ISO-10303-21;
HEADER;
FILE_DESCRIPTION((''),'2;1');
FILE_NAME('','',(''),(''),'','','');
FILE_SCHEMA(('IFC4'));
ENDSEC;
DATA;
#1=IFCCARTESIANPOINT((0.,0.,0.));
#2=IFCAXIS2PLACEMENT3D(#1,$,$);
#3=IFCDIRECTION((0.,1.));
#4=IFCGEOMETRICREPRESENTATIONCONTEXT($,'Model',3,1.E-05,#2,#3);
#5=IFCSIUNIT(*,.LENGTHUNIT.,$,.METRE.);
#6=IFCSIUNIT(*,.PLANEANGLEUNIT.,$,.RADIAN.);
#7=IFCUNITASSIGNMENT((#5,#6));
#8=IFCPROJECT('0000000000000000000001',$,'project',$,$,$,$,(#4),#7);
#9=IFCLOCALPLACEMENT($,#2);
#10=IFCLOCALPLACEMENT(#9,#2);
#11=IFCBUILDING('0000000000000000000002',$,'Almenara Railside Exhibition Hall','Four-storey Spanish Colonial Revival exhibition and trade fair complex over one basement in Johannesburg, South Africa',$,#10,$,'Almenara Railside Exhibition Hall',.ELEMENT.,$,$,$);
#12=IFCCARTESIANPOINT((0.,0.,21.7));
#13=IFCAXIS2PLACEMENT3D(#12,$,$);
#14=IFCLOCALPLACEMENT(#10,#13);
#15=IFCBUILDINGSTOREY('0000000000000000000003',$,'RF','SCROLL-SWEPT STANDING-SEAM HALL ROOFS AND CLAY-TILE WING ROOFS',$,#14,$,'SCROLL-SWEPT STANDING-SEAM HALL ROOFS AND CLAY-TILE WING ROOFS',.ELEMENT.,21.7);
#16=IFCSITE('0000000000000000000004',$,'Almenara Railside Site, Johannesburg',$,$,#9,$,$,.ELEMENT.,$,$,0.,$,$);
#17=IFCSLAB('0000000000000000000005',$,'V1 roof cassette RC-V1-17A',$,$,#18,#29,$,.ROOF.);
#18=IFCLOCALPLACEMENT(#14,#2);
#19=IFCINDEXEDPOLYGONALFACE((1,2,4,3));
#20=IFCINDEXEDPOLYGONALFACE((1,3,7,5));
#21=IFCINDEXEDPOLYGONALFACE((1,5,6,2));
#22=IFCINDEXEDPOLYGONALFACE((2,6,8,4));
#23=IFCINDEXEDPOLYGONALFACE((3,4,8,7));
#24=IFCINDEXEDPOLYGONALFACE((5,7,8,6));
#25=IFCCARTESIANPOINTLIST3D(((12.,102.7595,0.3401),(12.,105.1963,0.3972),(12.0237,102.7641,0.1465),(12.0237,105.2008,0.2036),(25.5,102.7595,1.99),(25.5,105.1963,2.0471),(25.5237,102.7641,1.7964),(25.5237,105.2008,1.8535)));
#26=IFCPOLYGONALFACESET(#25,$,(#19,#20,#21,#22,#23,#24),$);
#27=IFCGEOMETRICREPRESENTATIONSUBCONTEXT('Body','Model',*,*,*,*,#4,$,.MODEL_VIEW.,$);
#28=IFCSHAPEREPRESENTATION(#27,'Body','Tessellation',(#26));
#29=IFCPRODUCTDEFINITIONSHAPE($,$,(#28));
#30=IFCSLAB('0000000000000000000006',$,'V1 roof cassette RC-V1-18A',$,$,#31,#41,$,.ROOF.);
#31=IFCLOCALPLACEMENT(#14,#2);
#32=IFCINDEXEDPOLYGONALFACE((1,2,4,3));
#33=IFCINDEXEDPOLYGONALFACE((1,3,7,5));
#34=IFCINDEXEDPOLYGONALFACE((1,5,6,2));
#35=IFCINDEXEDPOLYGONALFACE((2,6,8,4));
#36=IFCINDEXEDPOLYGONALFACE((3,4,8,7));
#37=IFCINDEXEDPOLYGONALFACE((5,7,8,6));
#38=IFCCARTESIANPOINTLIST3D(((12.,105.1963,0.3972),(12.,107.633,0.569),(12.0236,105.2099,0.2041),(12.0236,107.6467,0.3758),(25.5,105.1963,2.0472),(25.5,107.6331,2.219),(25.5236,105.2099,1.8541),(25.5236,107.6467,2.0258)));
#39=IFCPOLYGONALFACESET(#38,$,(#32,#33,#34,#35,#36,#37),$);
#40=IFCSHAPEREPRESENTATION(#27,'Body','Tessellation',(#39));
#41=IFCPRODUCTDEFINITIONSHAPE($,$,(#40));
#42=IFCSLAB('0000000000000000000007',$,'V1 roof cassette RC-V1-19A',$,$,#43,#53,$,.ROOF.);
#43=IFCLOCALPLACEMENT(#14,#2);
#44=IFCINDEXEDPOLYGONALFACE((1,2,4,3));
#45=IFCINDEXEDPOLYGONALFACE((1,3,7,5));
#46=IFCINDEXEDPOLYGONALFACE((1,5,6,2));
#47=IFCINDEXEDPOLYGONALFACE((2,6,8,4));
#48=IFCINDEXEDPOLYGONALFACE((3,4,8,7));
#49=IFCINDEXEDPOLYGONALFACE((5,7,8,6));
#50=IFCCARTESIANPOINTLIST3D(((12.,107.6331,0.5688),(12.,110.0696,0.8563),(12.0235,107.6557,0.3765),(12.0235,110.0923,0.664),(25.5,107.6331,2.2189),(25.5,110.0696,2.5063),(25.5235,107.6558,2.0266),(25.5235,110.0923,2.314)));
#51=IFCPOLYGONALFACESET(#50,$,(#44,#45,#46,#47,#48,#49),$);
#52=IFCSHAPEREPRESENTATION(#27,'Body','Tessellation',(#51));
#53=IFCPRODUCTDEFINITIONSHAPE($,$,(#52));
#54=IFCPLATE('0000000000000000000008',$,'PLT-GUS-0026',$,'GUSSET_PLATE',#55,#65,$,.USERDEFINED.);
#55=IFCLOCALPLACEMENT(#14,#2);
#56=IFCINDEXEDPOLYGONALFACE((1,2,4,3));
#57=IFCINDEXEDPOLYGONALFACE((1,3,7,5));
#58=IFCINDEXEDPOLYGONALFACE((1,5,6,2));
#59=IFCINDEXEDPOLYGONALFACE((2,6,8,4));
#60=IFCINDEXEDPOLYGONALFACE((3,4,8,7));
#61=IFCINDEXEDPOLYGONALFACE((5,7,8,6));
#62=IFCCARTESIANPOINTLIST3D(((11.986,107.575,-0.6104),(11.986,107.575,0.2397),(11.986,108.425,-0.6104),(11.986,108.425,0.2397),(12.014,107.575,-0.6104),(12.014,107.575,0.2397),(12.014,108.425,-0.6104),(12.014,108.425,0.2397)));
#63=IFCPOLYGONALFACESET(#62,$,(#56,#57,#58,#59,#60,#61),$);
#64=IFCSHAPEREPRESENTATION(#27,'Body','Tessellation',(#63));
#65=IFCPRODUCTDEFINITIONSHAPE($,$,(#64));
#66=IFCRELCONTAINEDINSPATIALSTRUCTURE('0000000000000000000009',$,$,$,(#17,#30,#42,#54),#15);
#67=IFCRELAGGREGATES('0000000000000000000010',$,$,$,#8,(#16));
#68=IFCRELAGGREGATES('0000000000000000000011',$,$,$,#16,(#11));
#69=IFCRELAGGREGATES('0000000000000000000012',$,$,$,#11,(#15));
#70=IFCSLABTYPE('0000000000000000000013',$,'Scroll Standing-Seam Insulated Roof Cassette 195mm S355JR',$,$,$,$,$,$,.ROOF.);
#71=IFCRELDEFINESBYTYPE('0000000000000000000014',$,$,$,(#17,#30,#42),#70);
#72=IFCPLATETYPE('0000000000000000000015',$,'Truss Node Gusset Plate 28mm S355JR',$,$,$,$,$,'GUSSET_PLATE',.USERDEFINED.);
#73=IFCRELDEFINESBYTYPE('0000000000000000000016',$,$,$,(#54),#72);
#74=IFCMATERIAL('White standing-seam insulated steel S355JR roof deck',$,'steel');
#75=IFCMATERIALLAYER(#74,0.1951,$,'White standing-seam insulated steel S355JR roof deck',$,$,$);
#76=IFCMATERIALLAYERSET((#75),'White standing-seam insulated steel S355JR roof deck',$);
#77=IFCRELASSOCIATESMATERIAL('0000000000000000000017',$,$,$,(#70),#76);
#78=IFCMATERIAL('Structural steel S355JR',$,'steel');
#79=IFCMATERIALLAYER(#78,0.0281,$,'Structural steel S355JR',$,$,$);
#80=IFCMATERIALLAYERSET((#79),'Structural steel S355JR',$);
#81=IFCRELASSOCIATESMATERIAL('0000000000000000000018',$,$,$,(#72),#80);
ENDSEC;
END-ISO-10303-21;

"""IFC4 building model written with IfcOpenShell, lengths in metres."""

from ifc_helpers import new_model, si_unit, direction, frame, origin, origin_2d, place, context, subcontext, project, spatial, polyline, rectangle, outline, extrude, material, layer, layer_set, type_object, element, save


model = new_model("IFC4")

# Units and contexts
model_context = context("Model", 3, precision=1e-05, world=origin(), true_north=direction((0.0, 1.0)))
body_context = subcontext(model_context, "Body", "Model", "MODEL_VIEW")
ifc_project = project(units=[si_unit("LENGTHUNIT", "METRE"), si_unit("PLANEANGLEUNIT", "RADIAN")], contexts=[model_context])

# Site, building, storey
site_placement = place(None, origin())
site = spatial("IfcSite", under=ifc_project, at=site_placement, Name="Almenara Railside Site, Johannesburg", CompositionType="ELEMENT", RefElevation=0.0)
building_placement = place(site_placement, origin())
building = spatial("IfcBuilding", under=site, at=building_placement, Name="Almenara Railside Exhibition Hall", Description="Four-storey Spanish Colonial Revival exhibition and trade fair complex over one basement in Johannesburg, South Africa", LongName="Almenara Railside Exhibition Hall", CompositionType="ELEMENT")
storey_placement = place(building_placement, frame((0.0, 0.0, 21.7)))
storey = spatial("IfcBuildingStorey", under=building, at=storey_placement, Name="RF", Description="SCROLL-SWEPT STANDING-SEAM HALL ROOFS AND CLAY-TILE WING ROOFS", LongName="SCROLL-SWEPT STANDING-SEAM HALL ROOFS AND CLAY-TILE WING ROOFS", CompositionType="ELEMENT", Elevation=21.7)

# Shared definitions
ifc_material_1 = material(Name="Structural steel S355JR", Category="steel")

# Slabs
ifc_material_2 = material(Name="White standing-seam insulated steel S355JR roof deck", Category="steel")
ifc_layer_1 = layer(ifc_material_2, 0.1951, Name="White standing-seam insulated steel S355JR roof deck")
ifc_layer_set_1 = layer_set([ifc_layer_1], Name="White standing-seam insulated steel S355JR roof deck")
slab_type = type_object("IfcSlabType", Name="Scroll Standing-Seam Insulated Roof Cassette 195mm S355JR", PredefinedType="ROOF", material=ifc_layer_set_1)
slab_1_placement = place(storey_placement, frame((12.0, 102.7595, 0.3401), z_axis=(-0.12128, -0.023265, 0.992346), x_axis=(0.992614, 0.0, 0.121312)))
element("IfcSlab", 1, at=slab_1_placement, inside=storey, type_object=slab_type, Name="V1 roof cassette RC-V1-17A", PredefinedType="ROOF", context=body_context, shape_type="SweptSolid", body=[
    extrude(outline(polyline([(0.0, 0.0), (13.6004, 0.0), (13.6074, 2.4374), (0.0069, 2.4374), (0.0, 0.0)])), origin(), (0.0, 0.0, -1.0), 0.1951),
])
slab_2_placement = place(storey_placement, frame((12.0, 105.1963, 0.3972), z_axis=(-0.121025, -0.069793, 0.990193), x_axis=(0.992613, -0.000001, 0.121321)))
element("IfcSlab", 2, at=slab_2_placement, inside=storey, type_object=slab_type, Name="V1 roof cassette RC-V1-18A", PredefinedType="ROOF", context=body_context, shape_type="SweptSolid", body=[
    extrude(outline(polyline([(0.0, 0.0), (13.6004, 0.0), (13.6213, 2.4427), (0.0208, 2.4427), (0.0, 0.0)])), origin(), (0.0, 0.0, -1.0), 0.1951),
])
slab_3_placement = place(storey_placement, frame((12.0, 107.6331, 0.5688), z_axis=(-0.120498, -0.116319, 0.985875), x_axis=(0.992613, 0.000001, 0.121321)))
element("IfcSlab", 3, at=slab_3_placement, inside=storey, type_object=slab_type, Name="V1 roof cassette RC-V1-19A", PredefinedType="ROOF", context=body_context, shape_type="SweptSolid", body=[
    extrude(outline(polyline([(0.0, 0.0), (13.6005, 0.0), (13.6353, 2.4532), (0.0349, 2.4532), (0.0, 0.0)])), origin(), (0.0, 0.0, -1.0), 0.1951),
])

# Plate
ifc_layer_2 = layer(ifc_material_1, 0.0281, Name="Structural steel S355JR")
ifc_layer_set_2 = layer_set([ifc_layer_2], Name="Structural steel S355JR")
plate_type_1 = type_object("IfcPlateType", Name="Truss Node Gusset Plate 28mm S355JR", ElementType="GUSSET_PLATE", PredefinedType="USERDEFINED", material=ifc_layer_set_2)
plate_1_placement = place(storey_placement, frame((12.0, 108.0, -0.6104), z_axis=(0.0, 0.0, 1.0), x_axis=(0.0, 1.0, 0.0)))
element("IfcPlate", 4, at=plate_1_placement, inside=storey, type_object=plate_type_1, Name="PLT-GUS-0026", ObjectType="GUSSET_PLATE", PredefinedType="USERDEFINED", context=body_context, shape_type="SweptSolid", body=[
    extrude(rectangle(XDim=0.8501, YDim=0.0281, at=origin_2d()), origin(), (0.0, 0.0, 1.0), 0.8501),
])

save(model, "model.ifc")
